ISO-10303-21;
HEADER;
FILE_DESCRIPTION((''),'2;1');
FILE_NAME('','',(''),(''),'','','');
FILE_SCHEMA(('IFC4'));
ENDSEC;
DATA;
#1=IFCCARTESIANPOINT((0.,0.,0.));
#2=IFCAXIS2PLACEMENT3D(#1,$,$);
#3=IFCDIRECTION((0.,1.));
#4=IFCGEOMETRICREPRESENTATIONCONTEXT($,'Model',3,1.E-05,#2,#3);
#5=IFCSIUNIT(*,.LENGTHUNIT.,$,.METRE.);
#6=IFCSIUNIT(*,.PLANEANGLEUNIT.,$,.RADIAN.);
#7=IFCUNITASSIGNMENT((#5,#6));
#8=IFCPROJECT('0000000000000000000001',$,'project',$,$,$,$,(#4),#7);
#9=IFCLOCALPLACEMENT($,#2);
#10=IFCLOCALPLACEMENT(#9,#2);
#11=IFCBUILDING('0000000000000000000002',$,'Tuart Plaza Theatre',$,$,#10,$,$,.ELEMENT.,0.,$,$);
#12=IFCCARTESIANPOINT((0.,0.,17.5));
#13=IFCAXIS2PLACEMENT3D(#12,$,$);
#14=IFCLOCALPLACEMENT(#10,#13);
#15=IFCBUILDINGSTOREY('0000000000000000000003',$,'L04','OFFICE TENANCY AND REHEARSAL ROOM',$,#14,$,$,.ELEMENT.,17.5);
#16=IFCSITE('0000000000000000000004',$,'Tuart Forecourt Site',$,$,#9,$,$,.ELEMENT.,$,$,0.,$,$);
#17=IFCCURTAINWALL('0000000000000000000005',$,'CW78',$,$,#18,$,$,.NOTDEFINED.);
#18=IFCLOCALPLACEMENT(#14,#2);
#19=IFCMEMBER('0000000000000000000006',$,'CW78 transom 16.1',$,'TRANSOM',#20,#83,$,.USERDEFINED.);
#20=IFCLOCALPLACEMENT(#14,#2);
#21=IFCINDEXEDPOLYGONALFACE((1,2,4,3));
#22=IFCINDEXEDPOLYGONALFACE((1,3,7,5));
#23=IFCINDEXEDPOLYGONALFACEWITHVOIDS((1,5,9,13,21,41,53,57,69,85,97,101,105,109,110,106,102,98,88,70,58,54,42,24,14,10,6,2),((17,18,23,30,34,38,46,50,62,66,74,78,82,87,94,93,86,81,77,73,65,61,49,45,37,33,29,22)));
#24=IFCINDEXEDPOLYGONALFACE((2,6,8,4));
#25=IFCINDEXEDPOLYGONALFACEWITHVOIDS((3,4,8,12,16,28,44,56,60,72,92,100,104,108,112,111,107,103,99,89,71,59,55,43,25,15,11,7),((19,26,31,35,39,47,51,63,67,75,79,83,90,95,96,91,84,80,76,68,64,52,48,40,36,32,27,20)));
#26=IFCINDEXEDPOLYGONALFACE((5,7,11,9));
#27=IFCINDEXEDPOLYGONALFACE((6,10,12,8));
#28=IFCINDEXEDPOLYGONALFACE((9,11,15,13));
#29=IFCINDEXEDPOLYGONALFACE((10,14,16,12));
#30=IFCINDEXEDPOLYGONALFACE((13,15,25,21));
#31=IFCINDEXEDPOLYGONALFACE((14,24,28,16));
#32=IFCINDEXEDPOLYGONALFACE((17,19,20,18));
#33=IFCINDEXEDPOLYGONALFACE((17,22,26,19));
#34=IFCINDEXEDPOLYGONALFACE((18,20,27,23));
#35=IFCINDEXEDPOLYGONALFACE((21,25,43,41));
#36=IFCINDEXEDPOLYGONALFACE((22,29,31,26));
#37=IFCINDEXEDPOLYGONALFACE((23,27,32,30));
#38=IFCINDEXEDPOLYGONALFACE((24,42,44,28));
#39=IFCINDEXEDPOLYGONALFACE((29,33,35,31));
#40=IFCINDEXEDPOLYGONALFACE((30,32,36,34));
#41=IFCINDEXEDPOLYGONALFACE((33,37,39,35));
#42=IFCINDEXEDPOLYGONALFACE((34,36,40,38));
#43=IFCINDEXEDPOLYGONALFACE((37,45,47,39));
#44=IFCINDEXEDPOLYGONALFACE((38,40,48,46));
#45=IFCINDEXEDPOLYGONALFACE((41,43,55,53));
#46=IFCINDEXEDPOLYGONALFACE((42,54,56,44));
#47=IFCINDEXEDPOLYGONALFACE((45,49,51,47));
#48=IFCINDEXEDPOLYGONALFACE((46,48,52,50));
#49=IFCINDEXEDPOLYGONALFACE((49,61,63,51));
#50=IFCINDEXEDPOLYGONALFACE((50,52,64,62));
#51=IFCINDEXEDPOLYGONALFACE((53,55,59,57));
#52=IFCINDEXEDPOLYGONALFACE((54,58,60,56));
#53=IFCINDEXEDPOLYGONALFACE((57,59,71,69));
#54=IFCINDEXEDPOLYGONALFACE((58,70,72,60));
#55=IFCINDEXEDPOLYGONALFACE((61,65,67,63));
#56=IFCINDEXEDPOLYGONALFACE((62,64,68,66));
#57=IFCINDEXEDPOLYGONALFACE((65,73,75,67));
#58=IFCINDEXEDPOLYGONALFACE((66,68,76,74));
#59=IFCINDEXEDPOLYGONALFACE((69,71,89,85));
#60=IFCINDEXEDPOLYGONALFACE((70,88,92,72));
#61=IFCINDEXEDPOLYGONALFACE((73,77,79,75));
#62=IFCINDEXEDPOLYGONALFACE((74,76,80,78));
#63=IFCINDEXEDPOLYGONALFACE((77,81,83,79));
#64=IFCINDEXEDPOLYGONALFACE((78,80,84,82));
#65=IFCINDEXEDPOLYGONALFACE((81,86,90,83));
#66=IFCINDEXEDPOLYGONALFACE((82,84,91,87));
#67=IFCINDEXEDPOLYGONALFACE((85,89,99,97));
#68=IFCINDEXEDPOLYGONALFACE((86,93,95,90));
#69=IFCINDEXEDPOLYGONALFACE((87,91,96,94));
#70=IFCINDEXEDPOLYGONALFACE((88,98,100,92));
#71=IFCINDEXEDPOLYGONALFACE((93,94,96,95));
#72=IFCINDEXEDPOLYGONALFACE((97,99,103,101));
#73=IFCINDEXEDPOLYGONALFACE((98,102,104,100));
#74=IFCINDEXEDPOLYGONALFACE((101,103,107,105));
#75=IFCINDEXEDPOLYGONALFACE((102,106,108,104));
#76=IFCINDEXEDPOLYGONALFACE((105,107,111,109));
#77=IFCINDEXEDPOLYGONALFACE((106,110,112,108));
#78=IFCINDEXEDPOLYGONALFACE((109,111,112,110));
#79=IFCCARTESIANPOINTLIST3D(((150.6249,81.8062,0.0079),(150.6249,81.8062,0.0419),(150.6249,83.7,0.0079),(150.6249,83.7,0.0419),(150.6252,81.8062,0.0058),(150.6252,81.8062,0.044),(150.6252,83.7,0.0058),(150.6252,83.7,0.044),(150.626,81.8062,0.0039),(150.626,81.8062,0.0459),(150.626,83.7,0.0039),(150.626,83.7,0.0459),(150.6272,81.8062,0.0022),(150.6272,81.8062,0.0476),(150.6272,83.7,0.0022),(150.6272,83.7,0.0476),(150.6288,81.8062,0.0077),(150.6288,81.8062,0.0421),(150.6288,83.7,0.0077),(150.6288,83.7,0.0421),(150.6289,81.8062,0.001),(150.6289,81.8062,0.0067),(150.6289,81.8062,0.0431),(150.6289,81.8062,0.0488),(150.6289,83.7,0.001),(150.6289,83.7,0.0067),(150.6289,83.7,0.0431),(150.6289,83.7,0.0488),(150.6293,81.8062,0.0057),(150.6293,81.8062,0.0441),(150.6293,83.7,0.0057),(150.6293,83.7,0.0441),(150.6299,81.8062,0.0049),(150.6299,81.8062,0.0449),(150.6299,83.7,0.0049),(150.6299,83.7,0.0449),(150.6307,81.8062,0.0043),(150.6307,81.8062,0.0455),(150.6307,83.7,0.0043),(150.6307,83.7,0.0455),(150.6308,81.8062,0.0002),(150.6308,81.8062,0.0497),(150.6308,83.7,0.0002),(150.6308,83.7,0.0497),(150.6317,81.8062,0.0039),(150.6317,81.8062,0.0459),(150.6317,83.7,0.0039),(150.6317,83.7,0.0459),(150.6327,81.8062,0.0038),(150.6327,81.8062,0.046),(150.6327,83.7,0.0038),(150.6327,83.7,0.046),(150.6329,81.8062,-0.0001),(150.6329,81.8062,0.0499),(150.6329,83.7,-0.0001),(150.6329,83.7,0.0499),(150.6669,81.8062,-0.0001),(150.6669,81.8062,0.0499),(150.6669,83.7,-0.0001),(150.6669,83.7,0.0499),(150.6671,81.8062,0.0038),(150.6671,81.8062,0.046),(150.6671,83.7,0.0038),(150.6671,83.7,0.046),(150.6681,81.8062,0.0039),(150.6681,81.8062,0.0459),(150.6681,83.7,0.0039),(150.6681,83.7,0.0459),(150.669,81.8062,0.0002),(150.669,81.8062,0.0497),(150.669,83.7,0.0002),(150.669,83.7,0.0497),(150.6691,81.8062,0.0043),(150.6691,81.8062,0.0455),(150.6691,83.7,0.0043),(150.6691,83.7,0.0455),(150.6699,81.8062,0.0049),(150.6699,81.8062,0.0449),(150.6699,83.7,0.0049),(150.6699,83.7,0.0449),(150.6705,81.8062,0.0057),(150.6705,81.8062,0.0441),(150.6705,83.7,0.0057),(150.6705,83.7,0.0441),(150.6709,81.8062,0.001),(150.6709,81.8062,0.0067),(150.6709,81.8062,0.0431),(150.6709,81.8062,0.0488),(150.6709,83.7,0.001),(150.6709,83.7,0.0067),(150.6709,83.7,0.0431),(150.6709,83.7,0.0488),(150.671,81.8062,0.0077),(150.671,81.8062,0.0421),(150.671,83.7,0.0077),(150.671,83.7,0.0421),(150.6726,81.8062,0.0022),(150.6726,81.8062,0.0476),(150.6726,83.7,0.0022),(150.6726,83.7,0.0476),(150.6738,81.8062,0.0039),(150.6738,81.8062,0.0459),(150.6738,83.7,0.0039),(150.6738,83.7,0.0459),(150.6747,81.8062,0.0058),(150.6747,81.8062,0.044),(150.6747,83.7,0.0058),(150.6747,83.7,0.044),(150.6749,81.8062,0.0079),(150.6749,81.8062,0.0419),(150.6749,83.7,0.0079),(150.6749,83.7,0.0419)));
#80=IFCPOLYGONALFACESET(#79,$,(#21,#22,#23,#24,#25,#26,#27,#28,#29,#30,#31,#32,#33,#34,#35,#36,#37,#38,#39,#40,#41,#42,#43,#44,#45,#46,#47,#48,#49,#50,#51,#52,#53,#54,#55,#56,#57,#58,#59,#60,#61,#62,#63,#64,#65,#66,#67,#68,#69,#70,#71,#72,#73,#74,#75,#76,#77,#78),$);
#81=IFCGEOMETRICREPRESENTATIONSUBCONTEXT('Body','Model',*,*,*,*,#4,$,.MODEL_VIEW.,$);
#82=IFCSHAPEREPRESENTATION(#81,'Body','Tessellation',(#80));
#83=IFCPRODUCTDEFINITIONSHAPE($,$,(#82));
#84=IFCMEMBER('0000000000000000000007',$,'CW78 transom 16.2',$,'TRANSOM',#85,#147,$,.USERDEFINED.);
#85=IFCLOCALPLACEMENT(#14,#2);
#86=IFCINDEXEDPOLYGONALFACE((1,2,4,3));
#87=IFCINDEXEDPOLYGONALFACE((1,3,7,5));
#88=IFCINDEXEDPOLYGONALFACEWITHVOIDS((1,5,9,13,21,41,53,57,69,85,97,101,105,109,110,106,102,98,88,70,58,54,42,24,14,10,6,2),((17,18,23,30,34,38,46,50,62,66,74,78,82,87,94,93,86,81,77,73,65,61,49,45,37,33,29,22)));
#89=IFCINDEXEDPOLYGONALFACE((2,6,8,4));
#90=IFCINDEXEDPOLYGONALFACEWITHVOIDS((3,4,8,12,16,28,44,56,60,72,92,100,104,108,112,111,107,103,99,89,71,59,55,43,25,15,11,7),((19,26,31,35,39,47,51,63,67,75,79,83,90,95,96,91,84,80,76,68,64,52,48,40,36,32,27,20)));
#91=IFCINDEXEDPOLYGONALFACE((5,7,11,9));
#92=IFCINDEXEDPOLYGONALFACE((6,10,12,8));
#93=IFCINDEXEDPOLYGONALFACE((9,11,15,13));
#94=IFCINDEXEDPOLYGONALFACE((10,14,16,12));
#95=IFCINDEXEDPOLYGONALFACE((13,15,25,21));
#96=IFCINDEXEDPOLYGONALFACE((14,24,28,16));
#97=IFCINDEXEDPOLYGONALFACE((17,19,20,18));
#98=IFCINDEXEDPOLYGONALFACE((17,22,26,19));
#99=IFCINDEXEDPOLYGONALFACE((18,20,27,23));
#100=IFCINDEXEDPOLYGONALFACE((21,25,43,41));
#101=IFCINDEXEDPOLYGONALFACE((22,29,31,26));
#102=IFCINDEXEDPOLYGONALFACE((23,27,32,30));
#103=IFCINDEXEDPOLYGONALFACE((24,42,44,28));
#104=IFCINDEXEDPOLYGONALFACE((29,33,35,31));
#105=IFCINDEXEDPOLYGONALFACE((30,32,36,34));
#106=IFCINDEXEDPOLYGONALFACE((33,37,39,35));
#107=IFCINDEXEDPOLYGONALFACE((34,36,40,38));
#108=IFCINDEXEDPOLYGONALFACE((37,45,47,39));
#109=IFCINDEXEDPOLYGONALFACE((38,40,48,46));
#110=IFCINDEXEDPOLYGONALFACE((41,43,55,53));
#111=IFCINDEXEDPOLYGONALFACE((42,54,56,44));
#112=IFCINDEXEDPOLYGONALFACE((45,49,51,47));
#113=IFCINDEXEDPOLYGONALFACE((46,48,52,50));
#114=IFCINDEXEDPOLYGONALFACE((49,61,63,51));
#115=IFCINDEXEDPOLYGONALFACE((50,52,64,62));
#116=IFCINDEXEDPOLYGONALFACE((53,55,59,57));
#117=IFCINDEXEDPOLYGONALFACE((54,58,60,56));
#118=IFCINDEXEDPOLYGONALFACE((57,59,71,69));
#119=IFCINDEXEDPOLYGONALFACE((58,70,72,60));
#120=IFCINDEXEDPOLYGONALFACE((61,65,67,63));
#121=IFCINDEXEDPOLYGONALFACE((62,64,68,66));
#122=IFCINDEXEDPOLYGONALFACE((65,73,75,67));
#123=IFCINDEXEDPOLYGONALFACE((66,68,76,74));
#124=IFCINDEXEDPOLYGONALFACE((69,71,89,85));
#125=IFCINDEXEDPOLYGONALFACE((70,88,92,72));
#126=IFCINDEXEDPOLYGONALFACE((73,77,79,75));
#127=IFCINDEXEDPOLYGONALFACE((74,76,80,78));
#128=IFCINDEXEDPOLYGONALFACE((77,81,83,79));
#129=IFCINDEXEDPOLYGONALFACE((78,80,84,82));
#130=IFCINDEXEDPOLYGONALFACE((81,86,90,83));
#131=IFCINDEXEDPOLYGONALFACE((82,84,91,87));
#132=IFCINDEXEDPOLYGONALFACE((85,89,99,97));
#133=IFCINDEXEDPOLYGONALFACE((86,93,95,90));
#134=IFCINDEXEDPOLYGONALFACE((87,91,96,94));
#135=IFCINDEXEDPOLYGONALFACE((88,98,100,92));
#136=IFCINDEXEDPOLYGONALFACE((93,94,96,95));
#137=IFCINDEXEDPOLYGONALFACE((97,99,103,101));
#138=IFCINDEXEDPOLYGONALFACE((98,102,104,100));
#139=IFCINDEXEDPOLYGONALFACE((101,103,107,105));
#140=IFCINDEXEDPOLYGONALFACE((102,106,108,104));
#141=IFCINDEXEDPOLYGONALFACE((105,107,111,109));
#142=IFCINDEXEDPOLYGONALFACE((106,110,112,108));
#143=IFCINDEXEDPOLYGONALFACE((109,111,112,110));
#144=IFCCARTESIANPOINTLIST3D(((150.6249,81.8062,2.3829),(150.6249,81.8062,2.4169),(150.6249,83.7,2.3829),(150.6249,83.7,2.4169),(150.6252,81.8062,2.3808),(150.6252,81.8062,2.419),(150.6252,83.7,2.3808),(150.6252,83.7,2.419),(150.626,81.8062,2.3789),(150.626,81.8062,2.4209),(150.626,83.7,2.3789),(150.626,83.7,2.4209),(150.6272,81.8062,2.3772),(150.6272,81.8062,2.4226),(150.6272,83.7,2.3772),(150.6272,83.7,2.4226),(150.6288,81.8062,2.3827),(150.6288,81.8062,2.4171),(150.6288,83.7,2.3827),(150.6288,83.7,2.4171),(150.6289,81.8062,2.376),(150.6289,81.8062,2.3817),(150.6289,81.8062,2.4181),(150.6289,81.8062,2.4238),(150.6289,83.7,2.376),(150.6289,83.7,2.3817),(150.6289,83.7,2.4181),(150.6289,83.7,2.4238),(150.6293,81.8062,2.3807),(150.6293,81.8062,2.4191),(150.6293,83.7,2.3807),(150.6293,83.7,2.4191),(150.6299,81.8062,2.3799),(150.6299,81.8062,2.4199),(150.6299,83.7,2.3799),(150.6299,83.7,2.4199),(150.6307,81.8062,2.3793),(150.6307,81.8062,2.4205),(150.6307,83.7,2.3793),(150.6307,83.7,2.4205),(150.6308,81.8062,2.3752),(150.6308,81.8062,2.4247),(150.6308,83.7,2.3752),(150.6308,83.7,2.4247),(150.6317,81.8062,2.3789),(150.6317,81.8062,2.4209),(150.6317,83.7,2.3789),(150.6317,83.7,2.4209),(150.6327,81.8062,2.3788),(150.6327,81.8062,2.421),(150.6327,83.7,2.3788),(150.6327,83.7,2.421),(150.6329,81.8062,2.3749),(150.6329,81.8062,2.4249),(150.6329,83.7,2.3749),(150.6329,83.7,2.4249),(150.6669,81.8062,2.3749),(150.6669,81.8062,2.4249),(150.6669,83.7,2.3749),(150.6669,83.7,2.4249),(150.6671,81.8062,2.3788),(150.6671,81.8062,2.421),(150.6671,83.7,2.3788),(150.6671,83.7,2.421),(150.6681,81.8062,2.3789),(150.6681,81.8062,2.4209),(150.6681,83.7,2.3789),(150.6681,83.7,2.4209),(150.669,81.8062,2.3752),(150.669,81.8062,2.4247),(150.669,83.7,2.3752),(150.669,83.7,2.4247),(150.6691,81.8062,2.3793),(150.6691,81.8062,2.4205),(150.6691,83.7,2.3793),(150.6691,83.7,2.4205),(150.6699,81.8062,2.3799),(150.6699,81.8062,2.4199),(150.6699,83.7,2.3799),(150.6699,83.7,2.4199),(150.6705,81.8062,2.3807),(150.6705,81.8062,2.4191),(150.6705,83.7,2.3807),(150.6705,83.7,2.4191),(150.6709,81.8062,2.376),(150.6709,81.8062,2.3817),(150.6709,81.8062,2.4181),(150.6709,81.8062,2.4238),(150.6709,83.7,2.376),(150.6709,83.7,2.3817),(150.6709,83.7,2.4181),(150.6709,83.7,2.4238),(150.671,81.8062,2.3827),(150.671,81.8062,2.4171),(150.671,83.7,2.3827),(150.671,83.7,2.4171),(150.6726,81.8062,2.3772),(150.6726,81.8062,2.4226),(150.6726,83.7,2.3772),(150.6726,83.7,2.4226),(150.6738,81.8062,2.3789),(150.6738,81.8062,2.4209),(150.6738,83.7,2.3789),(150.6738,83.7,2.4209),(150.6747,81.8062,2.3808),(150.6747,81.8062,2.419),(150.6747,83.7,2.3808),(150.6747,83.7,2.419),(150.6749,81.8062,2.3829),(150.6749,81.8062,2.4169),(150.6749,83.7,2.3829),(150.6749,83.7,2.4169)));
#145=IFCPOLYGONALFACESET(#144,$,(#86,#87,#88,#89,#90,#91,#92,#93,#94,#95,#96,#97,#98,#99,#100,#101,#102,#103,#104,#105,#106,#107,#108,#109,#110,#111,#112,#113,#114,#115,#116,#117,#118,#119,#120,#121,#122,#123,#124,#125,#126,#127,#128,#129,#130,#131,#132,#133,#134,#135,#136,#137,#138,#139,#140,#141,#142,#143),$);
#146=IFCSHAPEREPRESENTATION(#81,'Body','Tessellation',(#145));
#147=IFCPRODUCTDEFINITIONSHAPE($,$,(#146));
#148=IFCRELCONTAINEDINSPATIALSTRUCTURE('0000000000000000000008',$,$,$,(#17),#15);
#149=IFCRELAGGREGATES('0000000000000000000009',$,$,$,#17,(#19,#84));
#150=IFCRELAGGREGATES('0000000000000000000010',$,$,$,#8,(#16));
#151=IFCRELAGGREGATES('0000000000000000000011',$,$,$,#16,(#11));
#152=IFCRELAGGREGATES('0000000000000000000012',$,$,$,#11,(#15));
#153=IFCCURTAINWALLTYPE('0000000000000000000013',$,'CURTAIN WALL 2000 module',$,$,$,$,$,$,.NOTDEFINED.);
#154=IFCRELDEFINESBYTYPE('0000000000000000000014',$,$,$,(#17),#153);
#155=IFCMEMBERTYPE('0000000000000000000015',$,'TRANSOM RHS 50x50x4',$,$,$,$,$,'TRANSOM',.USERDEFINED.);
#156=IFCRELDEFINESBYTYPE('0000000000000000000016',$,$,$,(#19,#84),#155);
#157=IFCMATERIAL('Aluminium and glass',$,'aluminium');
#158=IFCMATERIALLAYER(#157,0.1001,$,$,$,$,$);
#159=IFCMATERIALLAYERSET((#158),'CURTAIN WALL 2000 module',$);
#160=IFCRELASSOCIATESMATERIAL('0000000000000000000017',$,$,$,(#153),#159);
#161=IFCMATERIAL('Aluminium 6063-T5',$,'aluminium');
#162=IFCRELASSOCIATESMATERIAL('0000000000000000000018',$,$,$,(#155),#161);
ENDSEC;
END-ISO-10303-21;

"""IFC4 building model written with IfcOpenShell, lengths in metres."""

from ifc_helpers import new_model, si_unit, direction, frame, origin, origin_2d, place, context, subcontext, project, spatial, hollow_rectangle, extrude, material, layer, layer_set, material_profile, profile_set, type_object, element, aggregate, save


model = new_model("IFC4")

# Units and contexts
model_context = context("Model", 3, precision=1e-05, world=origin(), true_north=direction((0.0, 1.0)))
body_context = subcontext(model_context, "Body", "Model", "MODEL_VIEW")
ifc_project = project(units=[si_unit("LENGTHUNIT", "METRE"), si_unit("PLANEANGLEUNIT", "RADIAN")], contexts=[model_context])

# Site, building, storey
site_placement = place(None, origin())
site = spatial("IfcSite", under=ifc_project, at=site_placement, Name="Tuart Forecourt Site", CompositionType="ELEMENT", RefElevation=0.0)
building_placement = place(site_placement, origin())
building = spatial("IfcBuilding", under=site, at=building_placement, Name="Tuart Plaza Theatre", CompositionType="ELEMENT", ElevationOfRefHeight=0.0)
storey_placement = place(building_placement, frame((0.0, 0.0, 17.5)))
storey = spatial("IfcBuildingStorey", under=building, at=storey_placement, Name="L04", Description="OFFICE TENANCY AND REHEARSAL ROOM", CompositionType="ELEMENT", Elevation=17.5)

# Curtain wall
ifc_material_1 = material(Name="Aluminium and glass", Category="aluminium")
ifc_layer_1 = layer(ifc_material_1, 0.1001)
ifc_layer_set_1 = layer_set([ifc_layer_1], Name="CURTAIN WALL 2000 module")
curtain_wall_type = type_object("IfcCurtainWallType", Name="CURTAIN WALL 2000 module", PredefinedType="NOTDEFINED", material=ifc_layer_set_1)
curtain_wall_1_placement = place(storey_placement, origin())
curtain_wall_1 = element("IfcCurtainWall", 1, at=curtain_wall_1_placement, inside=storey, type_object=curtain_wall_type, Name="CW78", PredefinedType="NOTDEFINED")

# Members
ifc_material_2 = material(Name="Aluminium 6063-T5", Category="aluminium")
ifc_material_profile_1 = material_profile(ifc_material_2, hollow_rectangle(XDim=0.05, YDim=0.05, WallThickness=0.0039, InnerFilletRadius=0.0039, OuterFilletRadius=0.0081, at=origin_2d()), Name="RHS 50x50x4")
ifc_profile_set_1 = profile_set([ifc_material_profile_1], Name="Aluminium 6063-T5")
member_type_1 = type_object("IfcMemberType", Name="TRANSOM RHS 50x50x4", ElementType="TRANSOM", PredefinedType="USERDEFINED", material=ifc_profile_set_1)
member_1_placement = place(storey_placement, frame((150.6499, 81.8062, 0.0249), z_axis=(0.0, 1.0, 0.0), x_axis=(-1.0, 0.0, 0.0)))
member_1 = element("IfcMember", 2, at=member_1_placement, type_object=member_type_1, Name="CW78 transom 16.1", ObjectType="TRANSOM", PredefinedType="USERDEFINED", context=body_context, shape_type="SweptSolid", body=[
    extrude(hollow_rectangle(XDim=0.05, YDim=0.05, WallThickness=0.0039, InnerFilletRadius=0.0039, OuterFilletRadius=0.0081, at=origin_2d()), origin(), (0.0, 0.0, 1.0), 1.8938),
])
member_2_placement = place(storey_placement, frame((150.6499, 81.8062, 2.3999), z_axis=(0.0, 1.0, 0.0), x_axis=(-1.0, 0.0, 0.0)))
member_2 = element("IfcMember", 3, at=member_2_placement, type_object=member_type_1, Name="CW78 transom 16.2", ObjectType="TRANSOM", PredefinedType="USERDEFINED", context=body_context, shape_type="SweptSolid", body=[
    extrude(hollow_rectangle(XDim=0.05, YDim=0.05, WallThickness=0.0039, InnerFilletRadius=0.0039, OuterFilletRadius=0.0081, at=origin_2d()), origin(), (0.0, 0.0, 1.0), 1.8938),
])

aggregate(curtain_wall_1, [member_1, member_2])

save(model, "model.ifc")
